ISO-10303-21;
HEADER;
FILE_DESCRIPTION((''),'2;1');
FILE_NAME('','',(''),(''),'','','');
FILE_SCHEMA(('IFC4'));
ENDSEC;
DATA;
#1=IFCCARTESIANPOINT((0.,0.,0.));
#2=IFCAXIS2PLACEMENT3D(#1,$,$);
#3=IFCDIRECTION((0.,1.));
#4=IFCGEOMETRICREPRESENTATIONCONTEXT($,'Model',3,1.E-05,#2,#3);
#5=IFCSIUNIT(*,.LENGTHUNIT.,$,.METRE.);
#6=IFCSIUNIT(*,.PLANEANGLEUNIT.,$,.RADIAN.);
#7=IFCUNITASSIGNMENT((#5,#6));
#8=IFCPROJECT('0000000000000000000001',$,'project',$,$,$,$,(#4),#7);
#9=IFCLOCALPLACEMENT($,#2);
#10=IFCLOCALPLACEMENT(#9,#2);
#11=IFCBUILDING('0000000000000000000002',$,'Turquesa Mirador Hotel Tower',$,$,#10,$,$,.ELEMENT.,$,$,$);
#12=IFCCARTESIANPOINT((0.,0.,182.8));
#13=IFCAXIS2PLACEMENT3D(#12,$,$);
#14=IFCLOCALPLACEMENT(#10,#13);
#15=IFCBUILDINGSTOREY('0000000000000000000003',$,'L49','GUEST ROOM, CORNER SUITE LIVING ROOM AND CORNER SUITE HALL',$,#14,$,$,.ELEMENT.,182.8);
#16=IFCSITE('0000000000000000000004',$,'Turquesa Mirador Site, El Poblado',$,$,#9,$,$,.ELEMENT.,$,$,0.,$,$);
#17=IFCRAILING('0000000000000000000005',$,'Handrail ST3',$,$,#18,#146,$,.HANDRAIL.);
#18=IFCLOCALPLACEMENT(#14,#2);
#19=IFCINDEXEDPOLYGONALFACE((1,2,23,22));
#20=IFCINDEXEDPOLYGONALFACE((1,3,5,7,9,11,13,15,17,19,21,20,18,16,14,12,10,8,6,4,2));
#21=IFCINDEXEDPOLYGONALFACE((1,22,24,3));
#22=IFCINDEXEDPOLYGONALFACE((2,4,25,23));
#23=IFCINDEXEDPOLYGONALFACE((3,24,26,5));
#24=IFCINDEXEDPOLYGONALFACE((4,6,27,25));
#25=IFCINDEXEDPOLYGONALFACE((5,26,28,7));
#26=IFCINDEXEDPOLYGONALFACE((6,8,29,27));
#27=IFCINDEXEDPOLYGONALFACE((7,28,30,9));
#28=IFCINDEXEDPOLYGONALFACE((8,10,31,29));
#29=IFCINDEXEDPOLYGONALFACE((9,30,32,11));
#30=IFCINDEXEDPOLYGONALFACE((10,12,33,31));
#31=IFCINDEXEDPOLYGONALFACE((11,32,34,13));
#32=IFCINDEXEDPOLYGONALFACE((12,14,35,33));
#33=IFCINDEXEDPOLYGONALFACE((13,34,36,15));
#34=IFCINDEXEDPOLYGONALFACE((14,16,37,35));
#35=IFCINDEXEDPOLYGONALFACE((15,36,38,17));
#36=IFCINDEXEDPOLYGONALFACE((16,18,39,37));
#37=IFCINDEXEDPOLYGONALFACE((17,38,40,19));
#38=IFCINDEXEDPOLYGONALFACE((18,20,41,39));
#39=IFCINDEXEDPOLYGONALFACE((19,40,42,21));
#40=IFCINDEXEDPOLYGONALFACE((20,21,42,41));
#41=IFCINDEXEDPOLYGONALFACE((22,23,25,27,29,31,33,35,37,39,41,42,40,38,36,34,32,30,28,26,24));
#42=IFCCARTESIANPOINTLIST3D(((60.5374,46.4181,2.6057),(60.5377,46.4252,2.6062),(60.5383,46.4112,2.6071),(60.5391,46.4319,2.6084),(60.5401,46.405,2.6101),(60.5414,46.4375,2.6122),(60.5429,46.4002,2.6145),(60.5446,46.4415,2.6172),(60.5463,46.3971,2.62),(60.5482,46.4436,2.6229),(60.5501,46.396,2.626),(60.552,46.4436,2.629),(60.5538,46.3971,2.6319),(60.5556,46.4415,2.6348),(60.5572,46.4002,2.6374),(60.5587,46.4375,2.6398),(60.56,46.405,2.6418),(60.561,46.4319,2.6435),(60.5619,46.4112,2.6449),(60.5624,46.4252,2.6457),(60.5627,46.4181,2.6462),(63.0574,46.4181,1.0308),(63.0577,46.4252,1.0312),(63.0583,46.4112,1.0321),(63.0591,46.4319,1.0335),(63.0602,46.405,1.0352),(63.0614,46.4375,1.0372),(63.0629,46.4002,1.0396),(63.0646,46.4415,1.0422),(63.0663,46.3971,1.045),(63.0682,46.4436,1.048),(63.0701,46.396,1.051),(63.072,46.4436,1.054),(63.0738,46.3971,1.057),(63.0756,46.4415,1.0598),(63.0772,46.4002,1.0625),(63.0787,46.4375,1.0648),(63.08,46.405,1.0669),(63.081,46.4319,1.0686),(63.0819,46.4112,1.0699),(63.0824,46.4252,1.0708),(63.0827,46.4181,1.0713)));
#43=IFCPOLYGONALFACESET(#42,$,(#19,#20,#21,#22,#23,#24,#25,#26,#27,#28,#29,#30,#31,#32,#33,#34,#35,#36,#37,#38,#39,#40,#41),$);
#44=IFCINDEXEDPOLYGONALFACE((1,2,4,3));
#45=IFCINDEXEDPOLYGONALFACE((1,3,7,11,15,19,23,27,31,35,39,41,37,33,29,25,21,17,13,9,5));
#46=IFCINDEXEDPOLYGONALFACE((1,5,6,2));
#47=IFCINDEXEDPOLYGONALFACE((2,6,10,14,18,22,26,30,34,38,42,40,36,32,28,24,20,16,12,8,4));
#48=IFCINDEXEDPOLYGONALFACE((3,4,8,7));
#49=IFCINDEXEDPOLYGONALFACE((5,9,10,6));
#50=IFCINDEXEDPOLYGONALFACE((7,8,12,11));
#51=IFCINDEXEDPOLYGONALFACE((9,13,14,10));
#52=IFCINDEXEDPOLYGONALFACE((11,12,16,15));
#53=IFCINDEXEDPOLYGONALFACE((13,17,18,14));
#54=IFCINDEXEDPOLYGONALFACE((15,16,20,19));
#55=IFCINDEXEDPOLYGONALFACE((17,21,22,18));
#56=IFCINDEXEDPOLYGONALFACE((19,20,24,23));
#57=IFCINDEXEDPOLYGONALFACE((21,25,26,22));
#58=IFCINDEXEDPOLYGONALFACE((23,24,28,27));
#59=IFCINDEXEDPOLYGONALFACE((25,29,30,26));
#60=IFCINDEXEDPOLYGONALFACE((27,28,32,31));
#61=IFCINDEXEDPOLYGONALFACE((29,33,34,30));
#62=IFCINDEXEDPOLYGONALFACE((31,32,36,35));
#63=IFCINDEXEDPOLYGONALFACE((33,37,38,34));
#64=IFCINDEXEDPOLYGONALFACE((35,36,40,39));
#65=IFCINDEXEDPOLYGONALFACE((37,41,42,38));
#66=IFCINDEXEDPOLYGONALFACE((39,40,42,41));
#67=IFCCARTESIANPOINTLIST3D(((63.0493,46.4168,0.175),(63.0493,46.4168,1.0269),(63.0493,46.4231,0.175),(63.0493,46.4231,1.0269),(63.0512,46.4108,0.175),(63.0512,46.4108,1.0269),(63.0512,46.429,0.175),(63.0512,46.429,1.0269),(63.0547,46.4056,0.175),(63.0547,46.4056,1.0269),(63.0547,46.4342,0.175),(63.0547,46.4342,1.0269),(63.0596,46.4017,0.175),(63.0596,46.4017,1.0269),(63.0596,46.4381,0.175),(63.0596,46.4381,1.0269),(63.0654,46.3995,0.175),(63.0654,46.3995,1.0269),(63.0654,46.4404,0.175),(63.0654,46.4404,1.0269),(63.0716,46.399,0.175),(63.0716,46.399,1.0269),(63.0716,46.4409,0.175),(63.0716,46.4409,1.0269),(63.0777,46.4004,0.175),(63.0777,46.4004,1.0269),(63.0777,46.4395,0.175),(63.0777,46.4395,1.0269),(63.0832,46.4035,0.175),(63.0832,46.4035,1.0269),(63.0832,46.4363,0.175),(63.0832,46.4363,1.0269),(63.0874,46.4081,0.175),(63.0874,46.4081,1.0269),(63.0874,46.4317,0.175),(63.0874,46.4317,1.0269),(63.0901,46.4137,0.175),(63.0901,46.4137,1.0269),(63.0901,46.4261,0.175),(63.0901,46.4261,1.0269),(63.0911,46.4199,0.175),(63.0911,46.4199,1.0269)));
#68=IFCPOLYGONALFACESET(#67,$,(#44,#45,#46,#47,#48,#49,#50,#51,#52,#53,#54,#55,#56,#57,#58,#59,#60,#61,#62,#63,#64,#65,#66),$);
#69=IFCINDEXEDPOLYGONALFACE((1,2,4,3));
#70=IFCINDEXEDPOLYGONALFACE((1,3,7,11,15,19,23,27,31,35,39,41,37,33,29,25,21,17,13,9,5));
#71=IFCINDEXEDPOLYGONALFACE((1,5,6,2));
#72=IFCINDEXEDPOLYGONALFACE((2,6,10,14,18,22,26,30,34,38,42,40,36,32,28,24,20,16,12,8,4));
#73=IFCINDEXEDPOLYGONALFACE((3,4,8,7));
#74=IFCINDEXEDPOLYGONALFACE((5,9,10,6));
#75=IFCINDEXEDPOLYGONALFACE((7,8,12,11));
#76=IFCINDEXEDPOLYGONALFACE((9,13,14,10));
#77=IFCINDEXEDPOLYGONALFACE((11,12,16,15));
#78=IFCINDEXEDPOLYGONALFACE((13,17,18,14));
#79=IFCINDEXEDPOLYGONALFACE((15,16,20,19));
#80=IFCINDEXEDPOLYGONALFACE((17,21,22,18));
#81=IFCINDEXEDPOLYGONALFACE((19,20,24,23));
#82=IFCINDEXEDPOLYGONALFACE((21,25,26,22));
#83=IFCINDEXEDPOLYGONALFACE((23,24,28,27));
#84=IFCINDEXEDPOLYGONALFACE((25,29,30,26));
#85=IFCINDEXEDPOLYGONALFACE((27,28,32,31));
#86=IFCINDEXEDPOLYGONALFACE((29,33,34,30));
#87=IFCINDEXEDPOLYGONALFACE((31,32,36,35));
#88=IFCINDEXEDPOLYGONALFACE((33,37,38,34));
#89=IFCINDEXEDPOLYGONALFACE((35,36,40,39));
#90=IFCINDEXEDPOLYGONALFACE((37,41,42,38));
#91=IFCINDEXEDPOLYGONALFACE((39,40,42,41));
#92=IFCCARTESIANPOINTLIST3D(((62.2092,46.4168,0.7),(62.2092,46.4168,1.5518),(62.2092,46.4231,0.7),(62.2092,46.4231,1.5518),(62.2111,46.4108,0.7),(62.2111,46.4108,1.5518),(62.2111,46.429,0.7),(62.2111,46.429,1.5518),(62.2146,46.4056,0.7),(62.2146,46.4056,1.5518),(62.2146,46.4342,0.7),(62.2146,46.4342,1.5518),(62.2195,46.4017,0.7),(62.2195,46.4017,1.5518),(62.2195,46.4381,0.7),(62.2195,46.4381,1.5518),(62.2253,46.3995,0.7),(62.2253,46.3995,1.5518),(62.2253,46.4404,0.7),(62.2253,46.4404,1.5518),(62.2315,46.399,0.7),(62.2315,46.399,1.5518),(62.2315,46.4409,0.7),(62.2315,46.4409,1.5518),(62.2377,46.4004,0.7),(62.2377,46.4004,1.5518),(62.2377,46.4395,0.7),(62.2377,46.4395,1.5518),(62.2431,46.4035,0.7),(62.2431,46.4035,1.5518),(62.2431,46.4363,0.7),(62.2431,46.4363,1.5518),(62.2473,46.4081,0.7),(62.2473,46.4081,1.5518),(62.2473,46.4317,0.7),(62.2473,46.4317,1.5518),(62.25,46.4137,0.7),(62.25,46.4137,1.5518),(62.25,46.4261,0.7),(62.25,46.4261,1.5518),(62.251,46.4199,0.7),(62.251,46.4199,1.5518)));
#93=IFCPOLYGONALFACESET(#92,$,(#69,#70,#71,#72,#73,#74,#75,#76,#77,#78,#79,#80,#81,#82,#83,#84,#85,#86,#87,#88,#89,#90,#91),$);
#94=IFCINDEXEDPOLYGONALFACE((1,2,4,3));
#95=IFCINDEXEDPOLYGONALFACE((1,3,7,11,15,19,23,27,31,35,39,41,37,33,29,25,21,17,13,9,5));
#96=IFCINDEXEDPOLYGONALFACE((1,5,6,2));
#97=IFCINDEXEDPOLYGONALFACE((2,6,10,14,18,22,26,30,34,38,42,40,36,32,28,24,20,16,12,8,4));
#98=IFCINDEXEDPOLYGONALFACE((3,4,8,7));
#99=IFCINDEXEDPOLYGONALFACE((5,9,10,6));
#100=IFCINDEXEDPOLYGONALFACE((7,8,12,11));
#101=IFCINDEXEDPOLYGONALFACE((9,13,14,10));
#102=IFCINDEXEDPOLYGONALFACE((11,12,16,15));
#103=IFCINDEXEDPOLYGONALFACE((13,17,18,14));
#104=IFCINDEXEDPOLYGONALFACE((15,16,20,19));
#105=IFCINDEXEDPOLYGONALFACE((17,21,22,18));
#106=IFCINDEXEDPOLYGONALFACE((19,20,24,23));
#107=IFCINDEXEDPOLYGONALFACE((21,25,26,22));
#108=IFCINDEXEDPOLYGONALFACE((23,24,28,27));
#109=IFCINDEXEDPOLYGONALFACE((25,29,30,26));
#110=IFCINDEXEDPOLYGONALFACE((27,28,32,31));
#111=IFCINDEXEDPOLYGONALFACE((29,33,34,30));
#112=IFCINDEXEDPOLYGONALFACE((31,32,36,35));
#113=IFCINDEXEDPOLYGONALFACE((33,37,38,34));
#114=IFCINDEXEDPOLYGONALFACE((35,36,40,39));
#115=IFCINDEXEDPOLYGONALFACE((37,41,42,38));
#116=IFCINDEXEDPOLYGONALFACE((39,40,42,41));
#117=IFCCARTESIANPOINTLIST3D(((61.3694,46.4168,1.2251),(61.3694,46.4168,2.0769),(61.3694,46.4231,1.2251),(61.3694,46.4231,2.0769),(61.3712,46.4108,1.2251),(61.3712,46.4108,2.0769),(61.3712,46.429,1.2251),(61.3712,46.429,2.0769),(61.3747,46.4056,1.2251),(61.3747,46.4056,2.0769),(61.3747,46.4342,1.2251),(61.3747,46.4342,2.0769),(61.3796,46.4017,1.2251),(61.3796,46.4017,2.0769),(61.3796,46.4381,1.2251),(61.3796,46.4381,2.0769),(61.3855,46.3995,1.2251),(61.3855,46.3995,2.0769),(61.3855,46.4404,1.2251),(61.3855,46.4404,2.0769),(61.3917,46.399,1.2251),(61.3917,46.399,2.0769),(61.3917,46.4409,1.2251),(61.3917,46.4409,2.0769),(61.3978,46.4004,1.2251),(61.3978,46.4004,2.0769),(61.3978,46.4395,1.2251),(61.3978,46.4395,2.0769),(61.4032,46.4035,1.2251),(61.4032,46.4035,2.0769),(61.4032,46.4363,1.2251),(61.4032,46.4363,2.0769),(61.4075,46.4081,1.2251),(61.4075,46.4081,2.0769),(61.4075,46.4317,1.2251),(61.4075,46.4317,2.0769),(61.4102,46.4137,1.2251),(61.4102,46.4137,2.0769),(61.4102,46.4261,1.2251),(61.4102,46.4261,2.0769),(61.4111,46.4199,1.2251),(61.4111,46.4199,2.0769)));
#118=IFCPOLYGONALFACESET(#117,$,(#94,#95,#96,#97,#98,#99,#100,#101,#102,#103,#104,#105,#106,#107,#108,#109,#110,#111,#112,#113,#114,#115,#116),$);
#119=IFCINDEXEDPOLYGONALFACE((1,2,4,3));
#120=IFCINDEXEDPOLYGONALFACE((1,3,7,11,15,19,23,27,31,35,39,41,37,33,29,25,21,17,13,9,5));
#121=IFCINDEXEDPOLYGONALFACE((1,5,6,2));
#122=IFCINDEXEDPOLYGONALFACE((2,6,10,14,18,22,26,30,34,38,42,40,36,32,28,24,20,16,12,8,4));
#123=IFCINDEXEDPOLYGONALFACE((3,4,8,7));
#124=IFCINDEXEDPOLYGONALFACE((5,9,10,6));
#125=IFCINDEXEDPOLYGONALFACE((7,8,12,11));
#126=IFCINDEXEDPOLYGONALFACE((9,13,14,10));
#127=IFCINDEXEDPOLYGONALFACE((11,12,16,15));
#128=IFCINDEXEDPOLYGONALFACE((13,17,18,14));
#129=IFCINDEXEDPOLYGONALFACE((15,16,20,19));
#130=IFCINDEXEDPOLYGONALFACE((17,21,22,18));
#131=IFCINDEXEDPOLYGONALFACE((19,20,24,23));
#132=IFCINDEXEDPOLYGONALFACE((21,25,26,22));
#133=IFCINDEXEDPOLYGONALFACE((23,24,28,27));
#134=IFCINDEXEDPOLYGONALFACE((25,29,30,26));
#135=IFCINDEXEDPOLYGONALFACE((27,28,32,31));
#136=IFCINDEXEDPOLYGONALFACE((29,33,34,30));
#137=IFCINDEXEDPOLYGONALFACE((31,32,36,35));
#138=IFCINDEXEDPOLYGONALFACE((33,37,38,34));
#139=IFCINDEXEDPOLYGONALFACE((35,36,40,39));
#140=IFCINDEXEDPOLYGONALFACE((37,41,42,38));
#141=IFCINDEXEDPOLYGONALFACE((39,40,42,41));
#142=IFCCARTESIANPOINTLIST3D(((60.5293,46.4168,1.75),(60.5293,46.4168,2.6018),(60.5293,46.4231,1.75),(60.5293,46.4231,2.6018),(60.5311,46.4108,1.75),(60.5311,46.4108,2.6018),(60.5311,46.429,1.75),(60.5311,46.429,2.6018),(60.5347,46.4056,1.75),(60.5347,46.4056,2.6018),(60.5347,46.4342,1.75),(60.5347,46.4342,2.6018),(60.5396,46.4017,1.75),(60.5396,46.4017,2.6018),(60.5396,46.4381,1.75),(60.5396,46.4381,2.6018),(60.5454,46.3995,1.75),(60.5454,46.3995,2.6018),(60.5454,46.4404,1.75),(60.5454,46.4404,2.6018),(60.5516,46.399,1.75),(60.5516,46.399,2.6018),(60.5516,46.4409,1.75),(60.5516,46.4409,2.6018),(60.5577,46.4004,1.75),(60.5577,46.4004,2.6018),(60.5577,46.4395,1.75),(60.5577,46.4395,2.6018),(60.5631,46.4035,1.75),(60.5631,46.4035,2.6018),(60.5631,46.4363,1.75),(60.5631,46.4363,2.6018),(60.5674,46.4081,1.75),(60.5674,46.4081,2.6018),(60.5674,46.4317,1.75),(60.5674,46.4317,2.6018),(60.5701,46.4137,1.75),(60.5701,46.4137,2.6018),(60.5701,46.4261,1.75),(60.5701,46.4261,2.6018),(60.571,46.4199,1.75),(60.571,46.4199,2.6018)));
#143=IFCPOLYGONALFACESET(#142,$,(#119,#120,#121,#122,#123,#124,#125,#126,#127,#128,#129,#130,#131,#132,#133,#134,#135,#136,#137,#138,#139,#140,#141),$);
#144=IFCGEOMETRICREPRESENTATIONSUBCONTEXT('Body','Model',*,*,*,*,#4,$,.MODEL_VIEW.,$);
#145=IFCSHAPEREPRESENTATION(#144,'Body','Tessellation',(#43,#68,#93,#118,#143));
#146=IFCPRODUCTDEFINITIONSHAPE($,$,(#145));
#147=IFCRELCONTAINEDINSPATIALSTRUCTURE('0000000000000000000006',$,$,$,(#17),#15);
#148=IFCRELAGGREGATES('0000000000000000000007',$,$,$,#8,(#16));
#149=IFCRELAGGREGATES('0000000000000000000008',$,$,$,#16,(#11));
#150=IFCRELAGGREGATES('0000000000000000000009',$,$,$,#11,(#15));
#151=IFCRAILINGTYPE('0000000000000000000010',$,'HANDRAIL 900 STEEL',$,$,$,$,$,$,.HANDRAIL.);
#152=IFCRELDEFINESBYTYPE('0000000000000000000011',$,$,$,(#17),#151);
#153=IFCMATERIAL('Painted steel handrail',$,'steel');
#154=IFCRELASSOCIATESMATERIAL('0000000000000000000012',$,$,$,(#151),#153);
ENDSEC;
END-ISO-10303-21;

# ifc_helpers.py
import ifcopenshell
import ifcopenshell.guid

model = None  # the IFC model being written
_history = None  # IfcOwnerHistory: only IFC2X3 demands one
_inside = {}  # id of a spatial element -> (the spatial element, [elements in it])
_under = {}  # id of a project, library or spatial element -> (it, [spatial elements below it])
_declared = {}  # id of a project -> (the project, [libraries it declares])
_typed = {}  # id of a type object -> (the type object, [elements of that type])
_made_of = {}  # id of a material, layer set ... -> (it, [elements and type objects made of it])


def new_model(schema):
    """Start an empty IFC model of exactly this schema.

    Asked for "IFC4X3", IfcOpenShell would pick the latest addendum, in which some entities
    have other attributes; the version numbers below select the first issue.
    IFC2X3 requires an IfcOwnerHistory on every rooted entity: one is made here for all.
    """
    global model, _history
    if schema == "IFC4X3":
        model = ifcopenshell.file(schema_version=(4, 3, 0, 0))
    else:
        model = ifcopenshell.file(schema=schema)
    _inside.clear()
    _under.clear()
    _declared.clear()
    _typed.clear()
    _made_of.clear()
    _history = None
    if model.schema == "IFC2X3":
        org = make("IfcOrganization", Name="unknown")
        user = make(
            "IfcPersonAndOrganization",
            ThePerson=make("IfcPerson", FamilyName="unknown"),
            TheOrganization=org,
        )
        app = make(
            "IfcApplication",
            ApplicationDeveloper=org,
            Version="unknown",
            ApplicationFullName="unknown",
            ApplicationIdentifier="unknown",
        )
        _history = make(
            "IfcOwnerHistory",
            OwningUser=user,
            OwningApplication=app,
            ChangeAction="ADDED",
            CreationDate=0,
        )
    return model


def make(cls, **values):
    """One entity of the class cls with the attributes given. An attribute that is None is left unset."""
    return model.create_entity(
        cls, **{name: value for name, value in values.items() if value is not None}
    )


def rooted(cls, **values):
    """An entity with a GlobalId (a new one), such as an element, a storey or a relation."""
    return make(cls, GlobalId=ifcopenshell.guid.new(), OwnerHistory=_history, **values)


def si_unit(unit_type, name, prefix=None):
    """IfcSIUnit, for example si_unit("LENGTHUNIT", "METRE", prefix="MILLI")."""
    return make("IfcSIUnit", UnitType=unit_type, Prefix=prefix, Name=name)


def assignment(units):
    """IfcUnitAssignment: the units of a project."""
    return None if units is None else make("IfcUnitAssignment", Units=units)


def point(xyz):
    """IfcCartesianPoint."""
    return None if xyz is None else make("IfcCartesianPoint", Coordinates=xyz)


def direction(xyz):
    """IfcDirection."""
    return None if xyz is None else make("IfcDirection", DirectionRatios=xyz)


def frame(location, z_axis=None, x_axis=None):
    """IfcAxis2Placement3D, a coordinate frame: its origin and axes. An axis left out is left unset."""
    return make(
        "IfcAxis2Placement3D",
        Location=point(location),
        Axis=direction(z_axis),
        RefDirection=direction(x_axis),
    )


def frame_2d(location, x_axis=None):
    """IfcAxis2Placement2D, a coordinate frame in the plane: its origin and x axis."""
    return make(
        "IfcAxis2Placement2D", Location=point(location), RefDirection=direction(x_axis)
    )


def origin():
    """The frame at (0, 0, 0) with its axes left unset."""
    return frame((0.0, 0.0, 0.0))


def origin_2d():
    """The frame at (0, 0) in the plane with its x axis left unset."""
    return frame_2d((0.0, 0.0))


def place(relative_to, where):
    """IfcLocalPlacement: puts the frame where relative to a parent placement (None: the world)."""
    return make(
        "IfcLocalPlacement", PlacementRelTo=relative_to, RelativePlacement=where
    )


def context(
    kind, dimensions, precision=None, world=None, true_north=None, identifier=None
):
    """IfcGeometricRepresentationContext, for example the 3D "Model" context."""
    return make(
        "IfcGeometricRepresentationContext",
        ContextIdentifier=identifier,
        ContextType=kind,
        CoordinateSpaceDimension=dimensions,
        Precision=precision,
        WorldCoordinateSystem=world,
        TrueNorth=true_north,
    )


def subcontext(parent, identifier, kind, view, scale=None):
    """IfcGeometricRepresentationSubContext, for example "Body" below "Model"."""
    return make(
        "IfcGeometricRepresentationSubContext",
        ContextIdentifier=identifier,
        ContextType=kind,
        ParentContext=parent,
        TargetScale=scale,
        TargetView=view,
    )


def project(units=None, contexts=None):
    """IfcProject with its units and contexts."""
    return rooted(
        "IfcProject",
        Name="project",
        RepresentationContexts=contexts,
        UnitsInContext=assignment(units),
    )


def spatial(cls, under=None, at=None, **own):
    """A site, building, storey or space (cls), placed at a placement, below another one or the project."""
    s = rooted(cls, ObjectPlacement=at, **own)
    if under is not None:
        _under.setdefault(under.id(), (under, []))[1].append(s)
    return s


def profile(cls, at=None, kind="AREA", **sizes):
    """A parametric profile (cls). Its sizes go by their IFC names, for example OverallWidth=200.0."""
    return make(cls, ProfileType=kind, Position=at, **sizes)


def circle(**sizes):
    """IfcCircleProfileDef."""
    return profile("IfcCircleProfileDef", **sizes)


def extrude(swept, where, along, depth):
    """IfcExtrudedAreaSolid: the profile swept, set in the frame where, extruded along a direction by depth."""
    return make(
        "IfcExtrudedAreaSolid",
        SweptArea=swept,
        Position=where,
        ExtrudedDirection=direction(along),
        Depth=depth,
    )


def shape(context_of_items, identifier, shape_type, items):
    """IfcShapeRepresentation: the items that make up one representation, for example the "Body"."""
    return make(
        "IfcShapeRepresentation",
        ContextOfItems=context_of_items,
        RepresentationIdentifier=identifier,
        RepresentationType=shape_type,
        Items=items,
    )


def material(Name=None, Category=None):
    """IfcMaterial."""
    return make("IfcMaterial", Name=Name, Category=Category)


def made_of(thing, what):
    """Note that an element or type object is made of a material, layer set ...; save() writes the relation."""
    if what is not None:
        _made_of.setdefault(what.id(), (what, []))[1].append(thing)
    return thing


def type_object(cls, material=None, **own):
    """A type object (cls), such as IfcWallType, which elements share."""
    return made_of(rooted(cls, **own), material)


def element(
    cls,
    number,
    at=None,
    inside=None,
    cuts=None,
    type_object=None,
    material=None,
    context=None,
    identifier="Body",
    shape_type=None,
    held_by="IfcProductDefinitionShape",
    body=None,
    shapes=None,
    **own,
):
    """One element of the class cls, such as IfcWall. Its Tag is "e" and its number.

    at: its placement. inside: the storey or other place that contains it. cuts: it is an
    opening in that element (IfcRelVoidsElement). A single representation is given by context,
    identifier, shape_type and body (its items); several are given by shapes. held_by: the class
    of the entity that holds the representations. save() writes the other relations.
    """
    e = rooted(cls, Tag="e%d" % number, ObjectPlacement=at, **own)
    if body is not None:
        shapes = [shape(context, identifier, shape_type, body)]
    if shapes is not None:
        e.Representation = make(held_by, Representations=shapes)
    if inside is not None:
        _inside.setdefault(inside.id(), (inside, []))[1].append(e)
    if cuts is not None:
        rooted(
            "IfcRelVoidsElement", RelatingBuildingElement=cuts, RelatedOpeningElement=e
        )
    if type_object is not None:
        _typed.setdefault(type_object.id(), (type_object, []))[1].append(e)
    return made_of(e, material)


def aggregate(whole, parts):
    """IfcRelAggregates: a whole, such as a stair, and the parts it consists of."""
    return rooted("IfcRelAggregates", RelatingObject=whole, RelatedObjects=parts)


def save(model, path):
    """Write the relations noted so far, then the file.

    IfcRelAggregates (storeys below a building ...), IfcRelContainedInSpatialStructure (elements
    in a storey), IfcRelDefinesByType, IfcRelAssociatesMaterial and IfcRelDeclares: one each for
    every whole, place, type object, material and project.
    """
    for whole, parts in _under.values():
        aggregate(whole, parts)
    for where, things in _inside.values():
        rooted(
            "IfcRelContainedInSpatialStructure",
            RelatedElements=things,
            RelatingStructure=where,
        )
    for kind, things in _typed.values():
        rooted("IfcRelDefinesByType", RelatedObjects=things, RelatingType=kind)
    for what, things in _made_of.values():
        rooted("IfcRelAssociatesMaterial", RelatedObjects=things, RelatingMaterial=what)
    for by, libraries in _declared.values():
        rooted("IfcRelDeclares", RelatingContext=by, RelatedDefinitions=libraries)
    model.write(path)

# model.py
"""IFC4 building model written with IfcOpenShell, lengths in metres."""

from ifc_helpers import new_model, si_unit, direction, frame, origin, origin_2d, place, context, subcontext, project, spatial, circle, extrude, material, type_object, element, save


model = new_model("IFC4")

# Units and contexts
model_context = context("Model", 3, precision=1e-05, world=origin(), true_north=direction((0.0, 1.0)))
body_context = subcontext(model_context, "Body", "Model", "MODEL_VIEW")
ifc_project = project(units=[si_unit("LENGTHUNIT", "METRE"), si_unit("PLANEANGLEUNIT", "RADIAN")], contexts=[model_context])

# Site, building, storey
site_placement = place(None, origin())
site = spatial("IfcSite", under=ifc_project, at=site_placement, Name="Turquesa Mirador Site, El Poblado", CompositionType="ELEMENT", RefElevation=0.0)
building_placement = place(site_placement, origin())
building = spatial("IfcBuilding", under=site, at=building_placement, Name="Turquesa Mirador Hotel Tower", CompositionType="ELEMENT")
storey_placement = place(building_placement, frame((0.0, 0.0, 182.8)))
storey = spatial("IfcBuildingStorey", under=building, at=storey_placement, Name="L49", Description="GUEST ROOM, CORNER SUITE LIVING ROOM AND CORNER SUITE HALL", CompositionType="ELEMENT", Elevation=182.8)

# Railing
ifc_material_1 = material(Name="Painted steel handrail", Category="steel")
railing_type = type_object("IfcRailingType", Name="HANDRAIL 900 STEEL", PredefinedType="HANDRAIL", material=ifc_material_1)
railing_1_placement = place(storey_placement, frame((63.0701, 46.4199, 0.175)))
element("IfcRailing", 1, at=railing_1_placement, inside=storey, type_object=railing_type, Name="Handrail ST3", PredefinedType="HANDRAIL", context=body_context, shape_type="SweptSolid", body=[
    extrude(circle(Radius=0.0239, at=origin_2d()), frame((0.0, 0.0, 0.876), z_axis=(-0.848008, 0.0, 0.529984), x_axis=(0.0, -1.0, 0.0)), (0.0, 0.0, 1.0), 2.9717),
    extrude(circle(Radius=0.021, at=origin_2d()), origin(), (0.0, 0.0, 1.0), 0.8518),
    extrude(circle(Radius=0.021, at=origin_2d()), frame((-0.8401, 0.0, 0.5249)), (0.0, 0.0, 1.0), 0.8518),
    extrude(circle(Radius=0.021, at=origin_2d()), frame((-1.6799, 0.0, 1.05)), (0.0, 0.0, 1.0), 0.8518),
    extrude(circle(Radius=0.021, at=origin_2d()), frame((-2.52, 0.0, 1.575)), (0.0, 0.0, 1.0), 0.8518),
])

save(model, "model.ifc")
